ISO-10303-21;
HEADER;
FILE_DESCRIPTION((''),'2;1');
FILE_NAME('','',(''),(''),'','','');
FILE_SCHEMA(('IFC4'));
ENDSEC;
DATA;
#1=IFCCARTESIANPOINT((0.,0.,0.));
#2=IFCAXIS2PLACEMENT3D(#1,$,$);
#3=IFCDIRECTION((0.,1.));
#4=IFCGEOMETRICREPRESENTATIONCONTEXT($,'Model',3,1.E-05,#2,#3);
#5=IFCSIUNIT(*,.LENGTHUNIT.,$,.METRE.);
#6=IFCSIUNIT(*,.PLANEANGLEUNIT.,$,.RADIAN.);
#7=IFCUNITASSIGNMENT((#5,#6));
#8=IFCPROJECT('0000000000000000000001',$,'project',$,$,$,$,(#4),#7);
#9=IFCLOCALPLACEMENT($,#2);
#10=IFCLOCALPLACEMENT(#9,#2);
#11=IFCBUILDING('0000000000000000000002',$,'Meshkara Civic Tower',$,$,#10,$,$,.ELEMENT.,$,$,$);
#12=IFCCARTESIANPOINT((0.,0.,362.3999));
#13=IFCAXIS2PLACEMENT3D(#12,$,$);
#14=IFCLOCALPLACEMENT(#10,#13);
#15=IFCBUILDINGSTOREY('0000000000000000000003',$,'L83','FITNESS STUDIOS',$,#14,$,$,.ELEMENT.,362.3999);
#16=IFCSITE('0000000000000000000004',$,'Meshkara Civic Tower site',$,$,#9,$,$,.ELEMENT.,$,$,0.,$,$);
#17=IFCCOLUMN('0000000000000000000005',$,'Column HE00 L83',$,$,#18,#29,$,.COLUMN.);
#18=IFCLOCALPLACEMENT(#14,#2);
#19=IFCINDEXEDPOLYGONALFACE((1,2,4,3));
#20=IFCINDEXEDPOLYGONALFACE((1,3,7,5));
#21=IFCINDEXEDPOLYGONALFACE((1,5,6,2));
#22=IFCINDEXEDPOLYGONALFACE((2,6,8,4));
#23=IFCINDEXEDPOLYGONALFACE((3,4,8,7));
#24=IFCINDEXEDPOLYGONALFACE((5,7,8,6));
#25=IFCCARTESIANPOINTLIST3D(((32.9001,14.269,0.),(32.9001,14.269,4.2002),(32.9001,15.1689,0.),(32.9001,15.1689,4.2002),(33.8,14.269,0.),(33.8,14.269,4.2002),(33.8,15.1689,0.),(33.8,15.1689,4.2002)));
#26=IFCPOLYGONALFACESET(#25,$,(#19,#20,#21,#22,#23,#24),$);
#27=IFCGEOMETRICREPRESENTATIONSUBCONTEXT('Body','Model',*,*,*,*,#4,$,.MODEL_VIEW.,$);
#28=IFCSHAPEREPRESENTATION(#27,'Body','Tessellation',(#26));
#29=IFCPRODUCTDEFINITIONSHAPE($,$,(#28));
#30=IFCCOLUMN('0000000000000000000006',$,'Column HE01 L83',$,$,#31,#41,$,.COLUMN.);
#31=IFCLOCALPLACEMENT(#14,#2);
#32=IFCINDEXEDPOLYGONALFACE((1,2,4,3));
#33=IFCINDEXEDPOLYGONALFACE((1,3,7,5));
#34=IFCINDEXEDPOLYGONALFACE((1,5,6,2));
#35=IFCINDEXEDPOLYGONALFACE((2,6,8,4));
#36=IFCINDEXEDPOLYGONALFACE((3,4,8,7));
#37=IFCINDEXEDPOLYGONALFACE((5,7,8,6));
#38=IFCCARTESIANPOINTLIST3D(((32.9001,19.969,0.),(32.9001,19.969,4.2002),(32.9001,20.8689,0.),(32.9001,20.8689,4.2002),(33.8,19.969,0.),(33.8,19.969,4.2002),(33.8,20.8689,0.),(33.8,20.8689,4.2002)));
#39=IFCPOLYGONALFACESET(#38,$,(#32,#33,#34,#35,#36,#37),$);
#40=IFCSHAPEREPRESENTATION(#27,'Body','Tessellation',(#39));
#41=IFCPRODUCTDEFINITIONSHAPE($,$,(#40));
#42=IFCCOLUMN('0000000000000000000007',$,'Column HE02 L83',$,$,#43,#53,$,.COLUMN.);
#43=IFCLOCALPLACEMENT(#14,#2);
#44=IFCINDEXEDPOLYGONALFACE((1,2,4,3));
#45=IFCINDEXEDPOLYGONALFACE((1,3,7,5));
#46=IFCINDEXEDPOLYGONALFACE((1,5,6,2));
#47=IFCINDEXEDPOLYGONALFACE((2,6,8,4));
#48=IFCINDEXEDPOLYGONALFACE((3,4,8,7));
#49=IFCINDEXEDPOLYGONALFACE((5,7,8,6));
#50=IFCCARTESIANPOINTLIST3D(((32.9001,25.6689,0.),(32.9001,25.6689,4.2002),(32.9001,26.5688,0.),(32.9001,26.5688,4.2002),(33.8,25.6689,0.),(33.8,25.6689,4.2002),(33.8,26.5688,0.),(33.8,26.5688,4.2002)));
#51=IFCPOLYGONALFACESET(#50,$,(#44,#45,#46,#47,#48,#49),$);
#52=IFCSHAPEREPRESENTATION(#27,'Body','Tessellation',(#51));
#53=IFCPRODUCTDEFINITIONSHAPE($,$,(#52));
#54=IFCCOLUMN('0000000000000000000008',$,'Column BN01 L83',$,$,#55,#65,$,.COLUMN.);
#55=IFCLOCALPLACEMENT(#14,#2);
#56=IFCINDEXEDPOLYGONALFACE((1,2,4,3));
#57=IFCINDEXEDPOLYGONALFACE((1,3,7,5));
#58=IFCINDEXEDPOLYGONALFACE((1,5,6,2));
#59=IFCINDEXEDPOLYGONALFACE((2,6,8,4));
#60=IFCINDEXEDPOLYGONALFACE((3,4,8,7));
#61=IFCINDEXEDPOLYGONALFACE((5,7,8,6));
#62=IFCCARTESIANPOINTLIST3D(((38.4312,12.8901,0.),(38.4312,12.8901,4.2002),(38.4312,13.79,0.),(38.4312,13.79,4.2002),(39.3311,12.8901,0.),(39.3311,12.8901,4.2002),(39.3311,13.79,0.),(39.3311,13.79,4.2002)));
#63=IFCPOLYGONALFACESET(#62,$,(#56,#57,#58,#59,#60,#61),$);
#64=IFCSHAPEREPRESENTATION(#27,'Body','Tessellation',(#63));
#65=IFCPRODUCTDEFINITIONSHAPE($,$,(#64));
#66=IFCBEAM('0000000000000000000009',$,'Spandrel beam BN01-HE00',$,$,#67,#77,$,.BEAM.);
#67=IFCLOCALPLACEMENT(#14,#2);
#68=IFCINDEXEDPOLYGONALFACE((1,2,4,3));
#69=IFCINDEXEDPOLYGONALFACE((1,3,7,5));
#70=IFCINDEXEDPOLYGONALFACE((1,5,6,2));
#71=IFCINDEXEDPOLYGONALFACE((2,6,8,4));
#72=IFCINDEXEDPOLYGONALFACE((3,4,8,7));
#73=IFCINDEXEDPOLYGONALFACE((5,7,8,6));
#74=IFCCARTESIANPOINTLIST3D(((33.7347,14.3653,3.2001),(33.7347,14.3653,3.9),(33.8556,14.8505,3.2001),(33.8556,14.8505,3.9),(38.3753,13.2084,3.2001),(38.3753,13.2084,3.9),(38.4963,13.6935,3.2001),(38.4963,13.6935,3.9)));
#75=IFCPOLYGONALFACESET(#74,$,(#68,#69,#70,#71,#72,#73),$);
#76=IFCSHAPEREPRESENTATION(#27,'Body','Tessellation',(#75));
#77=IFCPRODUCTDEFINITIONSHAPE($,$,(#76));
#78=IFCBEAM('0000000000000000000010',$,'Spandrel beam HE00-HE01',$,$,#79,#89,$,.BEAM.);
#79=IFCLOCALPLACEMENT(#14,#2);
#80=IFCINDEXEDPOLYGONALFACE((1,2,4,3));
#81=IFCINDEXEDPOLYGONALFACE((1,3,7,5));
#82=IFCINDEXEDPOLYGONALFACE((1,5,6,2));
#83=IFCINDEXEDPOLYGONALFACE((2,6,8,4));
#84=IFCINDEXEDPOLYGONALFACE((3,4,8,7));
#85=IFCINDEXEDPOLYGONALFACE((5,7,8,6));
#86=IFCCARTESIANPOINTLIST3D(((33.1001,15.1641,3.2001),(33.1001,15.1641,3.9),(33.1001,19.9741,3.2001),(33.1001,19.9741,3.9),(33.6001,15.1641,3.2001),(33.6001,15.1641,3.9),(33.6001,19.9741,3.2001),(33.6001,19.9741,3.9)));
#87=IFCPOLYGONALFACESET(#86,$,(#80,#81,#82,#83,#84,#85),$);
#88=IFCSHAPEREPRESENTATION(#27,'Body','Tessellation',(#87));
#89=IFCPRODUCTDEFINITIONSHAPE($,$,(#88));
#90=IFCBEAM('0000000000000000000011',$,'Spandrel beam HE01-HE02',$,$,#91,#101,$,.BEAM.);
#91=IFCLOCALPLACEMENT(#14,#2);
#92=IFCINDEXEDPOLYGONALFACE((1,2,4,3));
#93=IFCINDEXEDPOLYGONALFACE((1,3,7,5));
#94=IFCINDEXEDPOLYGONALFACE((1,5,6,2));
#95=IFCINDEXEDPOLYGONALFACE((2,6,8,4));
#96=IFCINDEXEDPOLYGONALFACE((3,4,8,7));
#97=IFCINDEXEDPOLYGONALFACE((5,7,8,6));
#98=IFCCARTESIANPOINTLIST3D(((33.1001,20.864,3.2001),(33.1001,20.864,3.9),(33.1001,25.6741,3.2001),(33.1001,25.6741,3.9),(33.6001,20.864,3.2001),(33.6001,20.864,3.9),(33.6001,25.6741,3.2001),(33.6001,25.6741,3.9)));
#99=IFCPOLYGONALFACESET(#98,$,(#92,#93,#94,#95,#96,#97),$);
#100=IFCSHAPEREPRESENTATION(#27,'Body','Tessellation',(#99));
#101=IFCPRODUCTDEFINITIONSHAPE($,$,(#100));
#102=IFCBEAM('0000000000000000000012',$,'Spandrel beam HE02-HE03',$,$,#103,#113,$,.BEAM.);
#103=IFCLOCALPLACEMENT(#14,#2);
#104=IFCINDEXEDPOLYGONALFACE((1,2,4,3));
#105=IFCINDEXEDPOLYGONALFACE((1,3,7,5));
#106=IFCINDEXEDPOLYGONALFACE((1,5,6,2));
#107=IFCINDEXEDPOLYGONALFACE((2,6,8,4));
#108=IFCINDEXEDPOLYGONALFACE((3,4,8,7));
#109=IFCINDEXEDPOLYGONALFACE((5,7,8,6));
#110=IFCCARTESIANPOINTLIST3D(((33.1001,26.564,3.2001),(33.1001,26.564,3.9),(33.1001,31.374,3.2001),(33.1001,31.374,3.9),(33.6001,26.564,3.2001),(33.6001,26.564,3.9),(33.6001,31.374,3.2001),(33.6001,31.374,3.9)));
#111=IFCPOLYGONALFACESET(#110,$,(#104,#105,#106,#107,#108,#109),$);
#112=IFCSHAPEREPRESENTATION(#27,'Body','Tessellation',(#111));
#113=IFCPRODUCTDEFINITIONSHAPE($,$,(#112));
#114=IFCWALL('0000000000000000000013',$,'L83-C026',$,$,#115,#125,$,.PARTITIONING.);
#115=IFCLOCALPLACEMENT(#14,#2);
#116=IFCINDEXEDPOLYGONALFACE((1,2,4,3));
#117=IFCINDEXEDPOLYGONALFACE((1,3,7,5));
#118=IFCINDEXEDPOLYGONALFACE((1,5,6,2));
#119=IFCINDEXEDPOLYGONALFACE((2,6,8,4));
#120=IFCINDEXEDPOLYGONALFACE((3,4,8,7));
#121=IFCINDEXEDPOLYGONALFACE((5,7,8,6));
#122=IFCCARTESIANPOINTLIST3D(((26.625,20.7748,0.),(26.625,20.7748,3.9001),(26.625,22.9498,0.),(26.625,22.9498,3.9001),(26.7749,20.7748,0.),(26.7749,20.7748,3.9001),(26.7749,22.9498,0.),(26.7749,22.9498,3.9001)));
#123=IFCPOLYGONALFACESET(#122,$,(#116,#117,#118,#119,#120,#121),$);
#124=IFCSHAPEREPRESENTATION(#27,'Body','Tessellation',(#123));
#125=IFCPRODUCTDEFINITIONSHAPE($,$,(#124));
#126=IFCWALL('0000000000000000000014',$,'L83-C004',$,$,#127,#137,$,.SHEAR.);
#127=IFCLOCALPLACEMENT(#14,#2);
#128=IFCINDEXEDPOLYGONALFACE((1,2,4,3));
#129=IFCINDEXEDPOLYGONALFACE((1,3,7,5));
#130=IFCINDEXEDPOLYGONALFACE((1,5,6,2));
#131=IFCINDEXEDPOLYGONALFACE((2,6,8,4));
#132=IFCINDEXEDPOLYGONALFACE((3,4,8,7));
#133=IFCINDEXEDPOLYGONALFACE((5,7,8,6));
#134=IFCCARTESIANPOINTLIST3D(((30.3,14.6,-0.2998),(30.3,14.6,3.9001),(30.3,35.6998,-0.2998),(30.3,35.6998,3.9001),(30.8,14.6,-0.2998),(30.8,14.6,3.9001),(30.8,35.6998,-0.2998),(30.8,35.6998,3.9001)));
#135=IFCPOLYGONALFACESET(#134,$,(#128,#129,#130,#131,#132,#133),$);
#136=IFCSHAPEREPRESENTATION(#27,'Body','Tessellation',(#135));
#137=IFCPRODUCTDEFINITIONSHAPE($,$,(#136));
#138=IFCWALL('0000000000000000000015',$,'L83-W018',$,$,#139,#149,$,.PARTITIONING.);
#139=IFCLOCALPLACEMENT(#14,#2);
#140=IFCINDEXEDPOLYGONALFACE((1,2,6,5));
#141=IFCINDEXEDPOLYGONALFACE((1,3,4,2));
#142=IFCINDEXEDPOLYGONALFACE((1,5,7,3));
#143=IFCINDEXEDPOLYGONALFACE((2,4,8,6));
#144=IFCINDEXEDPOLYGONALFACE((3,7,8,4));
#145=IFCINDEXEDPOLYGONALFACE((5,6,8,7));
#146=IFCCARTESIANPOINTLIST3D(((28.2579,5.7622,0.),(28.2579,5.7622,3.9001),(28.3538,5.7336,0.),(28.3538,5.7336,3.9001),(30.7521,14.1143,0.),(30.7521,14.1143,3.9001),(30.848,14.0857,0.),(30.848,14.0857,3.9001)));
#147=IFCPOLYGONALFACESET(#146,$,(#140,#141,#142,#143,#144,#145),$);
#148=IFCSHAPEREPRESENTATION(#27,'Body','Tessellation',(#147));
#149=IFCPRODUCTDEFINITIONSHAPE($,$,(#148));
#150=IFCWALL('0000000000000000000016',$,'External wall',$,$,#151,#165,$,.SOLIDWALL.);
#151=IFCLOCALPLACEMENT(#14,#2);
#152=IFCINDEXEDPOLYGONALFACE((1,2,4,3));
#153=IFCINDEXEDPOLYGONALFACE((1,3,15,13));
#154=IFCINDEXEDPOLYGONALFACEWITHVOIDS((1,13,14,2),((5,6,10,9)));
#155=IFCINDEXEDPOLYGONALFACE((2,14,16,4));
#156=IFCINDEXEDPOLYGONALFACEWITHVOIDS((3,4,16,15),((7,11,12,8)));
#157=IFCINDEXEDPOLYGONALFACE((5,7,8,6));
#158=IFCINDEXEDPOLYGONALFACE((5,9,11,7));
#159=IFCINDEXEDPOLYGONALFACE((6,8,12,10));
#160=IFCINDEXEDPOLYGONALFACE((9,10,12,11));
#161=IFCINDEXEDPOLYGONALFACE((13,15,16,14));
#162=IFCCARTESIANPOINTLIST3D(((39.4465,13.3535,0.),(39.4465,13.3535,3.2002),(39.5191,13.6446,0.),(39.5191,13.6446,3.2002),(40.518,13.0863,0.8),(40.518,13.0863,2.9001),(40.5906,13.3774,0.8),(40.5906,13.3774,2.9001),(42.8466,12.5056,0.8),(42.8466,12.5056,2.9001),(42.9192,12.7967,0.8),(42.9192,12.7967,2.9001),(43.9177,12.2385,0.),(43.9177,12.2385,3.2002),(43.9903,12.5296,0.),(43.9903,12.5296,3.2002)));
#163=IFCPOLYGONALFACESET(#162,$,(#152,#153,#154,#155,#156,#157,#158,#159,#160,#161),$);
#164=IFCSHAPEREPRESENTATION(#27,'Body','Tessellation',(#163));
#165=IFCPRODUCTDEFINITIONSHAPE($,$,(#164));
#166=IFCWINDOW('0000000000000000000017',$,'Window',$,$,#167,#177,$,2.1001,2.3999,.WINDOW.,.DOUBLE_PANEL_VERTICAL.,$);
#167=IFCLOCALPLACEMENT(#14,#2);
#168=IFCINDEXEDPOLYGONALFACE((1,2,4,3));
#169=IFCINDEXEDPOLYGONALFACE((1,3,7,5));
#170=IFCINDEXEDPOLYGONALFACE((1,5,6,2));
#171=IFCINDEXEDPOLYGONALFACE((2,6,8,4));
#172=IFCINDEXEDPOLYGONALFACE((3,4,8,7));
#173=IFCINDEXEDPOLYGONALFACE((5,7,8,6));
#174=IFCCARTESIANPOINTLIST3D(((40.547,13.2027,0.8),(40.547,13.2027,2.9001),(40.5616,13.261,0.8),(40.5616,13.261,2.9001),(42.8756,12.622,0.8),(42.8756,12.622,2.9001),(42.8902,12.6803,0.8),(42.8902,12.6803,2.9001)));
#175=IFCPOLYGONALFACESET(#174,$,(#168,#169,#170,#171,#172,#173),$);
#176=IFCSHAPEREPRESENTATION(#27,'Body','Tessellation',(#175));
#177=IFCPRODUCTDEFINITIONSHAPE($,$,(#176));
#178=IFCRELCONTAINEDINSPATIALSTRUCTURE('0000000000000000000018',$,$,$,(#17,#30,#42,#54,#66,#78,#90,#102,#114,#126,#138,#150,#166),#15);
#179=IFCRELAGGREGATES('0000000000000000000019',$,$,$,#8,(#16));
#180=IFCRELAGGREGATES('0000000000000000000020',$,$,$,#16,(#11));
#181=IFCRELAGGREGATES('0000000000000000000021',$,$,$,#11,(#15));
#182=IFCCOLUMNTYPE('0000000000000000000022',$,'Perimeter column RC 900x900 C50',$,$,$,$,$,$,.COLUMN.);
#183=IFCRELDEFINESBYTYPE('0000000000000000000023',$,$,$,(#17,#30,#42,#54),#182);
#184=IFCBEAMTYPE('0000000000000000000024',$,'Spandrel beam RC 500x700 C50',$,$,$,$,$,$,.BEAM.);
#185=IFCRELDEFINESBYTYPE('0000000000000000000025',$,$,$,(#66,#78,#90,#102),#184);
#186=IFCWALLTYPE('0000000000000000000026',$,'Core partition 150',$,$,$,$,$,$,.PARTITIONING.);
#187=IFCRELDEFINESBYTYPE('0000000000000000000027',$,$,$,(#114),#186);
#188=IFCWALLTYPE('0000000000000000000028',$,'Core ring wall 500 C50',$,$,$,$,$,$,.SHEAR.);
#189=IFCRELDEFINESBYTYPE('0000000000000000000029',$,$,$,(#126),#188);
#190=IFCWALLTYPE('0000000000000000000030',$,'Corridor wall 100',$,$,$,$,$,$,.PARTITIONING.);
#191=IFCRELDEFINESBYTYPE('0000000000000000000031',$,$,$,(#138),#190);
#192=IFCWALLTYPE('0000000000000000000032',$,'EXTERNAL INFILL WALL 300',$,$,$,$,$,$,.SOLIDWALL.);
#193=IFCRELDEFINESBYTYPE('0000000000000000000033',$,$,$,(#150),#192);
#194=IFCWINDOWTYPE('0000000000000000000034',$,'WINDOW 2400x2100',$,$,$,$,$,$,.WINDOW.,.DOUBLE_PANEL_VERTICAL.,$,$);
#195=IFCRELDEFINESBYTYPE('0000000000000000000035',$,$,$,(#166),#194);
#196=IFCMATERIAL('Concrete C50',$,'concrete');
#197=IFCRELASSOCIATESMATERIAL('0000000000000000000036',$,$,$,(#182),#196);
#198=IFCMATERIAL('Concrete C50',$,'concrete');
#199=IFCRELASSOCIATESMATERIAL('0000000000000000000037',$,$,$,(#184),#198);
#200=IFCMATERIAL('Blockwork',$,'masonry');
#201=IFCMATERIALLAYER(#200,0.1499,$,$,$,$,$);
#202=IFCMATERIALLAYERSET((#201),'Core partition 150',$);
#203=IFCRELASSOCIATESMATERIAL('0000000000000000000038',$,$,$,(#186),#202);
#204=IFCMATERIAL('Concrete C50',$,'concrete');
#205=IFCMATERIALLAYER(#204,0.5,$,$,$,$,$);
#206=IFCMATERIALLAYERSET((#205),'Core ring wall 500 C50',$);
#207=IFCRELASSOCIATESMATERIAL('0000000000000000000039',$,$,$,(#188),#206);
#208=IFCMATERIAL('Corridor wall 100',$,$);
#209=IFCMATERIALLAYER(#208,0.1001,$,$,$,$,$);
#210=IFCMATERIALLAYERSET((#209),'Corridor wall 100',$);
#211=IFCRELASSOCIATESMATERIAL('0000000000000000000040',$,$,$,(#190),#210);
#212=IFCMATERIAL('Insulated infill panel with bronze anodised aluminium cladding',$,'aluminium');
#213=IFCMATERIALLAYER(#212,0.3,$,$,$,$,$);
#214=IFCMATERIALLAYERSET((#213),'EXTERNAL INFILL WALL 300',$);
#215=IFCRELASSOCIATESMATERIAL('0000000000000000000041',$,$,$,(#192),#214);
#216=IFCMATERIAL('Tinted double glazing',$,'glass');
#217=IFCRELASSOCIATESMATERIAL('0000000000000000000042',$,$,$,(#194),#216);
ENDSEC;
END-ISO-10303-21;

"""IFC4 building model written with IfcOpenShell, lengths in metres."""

from ifc_helpers import new_model, si_unit, direction, frame, frame_2d, origin, origin_2d, place, context, subcontext, project, spatial, rectangle, extrude, material, layer, layer_set, material_profile, profile_set, type_object, element, fill, save


model = new_model("IFC4")

# Units and contexts
model_context = context("Model", 3, precision=1e-05, world=origin(), true_north=direction((0.0, 1.0)))
body_context = subcontext(model_context, "Body", "Model", "MODEL_VIEW")
ifc_project = project(units=[si_unit("LENGTHUNIT", "METRE"), si_unit("PLANEANGLEUNIT", "RADIAN")], contexts=[model_context])

# Site, building, storey
site_placement = place(None, origin())
site = spatial("IfcSite", under=ifc_project, at=site_placement, Name="Meshkara Civic Tower site", CompositionType="ELEMENT", RefElevation=0.0)
building_placement = place(site_placement, origin())
building = spatial("IfcBuilding", under=site, at=building_placement, Name="Meshkara Civic Tower", CompositionType="ELEMENT")
storey_placement = place(building_placement, frame((0.0, 0.0, 362.3999)))
storey = spatial("IfcBuildingStorey", under=building, at=storey_placement, Name="L83", Description="FITNESS STUDIOS", CompositionType="ELEMENT", Elevation=362.3999)

# Columns
ifc_material_1 = material(Name="Concrete C50", Category="concrete")
ifc_material_profile_1 = material_profile(ifc_material_1, rectangle(XDim=0.8999, YDim=0.8999, at=origin_2d()))
ifc_profile_set_1 = profile_set([ifc_material_profile_1], Name="Concrete C50")
column_type = type_object("IfcColumnType", Name="Perimeter column RC 900x900 C50", PredefinedType="COLUMN", material=ifc_profile_set_1)
for number, where, z_axis, x_axis, name in (
    (1, (33.3501, 14.719, 0.0), (0.0, 0.0, 1.0), (1.0, 0.0, 0.0), "Column HE00 L83"),
    (2, (33.3501, 20.4189, 0.0), (0.0, 0.0, 1.0), (1.0, 0.0, 0.0), "Column HE01 L83"),
    (3, (33.3501, 26.1189, 0.0), (0.0, 0.0, 1.0), (1.0, 0.0, 0.0), "Column HE02 L83"),
    (4, (38.8811, 13.3401, 0.0), (0.0, 0.0, 1.0), (1.0, 0.0, 0.0), "Column BN01 L83"),
):
    element("IfcColumn", number, at=place(storey_placement, frame(where, z_axis=z_axis, x_axis=x_axis)), inside=storey, type_object=column_type, Name=name, PredefinedType="COLUMN", context=body_context, shape_type="SweptSolid", body=[
        extrude(rectangle(XDim=0.8999, YDim=0.8999, at=origin_2d()), origin(), (0.0, 0.0, 1.0), 4.2002),
    ])

# Beams
ifc_material_2 = material(Name="Concrete C50", Category="concrete")
ifc_material_profile_2 = material_profile(ifc_material_2, rectangle(XDim=0.5, YDim=0.7, at=origin_2d()))
ifc_profile_set_2 = profile_set([ifc_material_profile_2], Name="Concrete C50")
beam_type = type_object("IfcBeamType", Name="Spandrel beam RC 500x700 C50", PredefinedType="BEAM", material=ifc_profile_set_2)
beam_placement = place(storey_placement, frame((38.4358, 13.4509, 3.55), z_axis=(-0.970298, 0.241911, 0.0), x_axis=(-0.241911, -0.970298, 0.0)))
element("IfcBeam", 5, at=beam_placement, inside=storey, type_object=beam_type, Name="Spandrel beam BN01-HE00", PredefinedType="BEAM", context=body_context, shape_type="SweptSolid", body=[
    extrude(rectangle(XDim=0.5, YDim=0.7, at=origin_2d()), origin(), (0.0, 0.0, 1.0), 4.7827),
])
for number, where, z_axis, x_axis, name in (
    (6, (33.3501, 15.1641, 3.55), (0.0, 1.0, 0.0), (-1.0, 0.0, 0.0), "Spandrel beam HE00-HE01"),
    (7, (33.3501, 20.864, 3.55), (0.0, 1.0, 0.0), (-1.0, 0.0, 0.0), "Spandrel beam HE01-HE02"),
    (8, (33.3501, 26.564, 3.55), (0.0, 1.0, 0.0), (-1.0, 0.0, 0.0), "Spandrel beam HE02-HE03"),
):
    element("IfcBeam", number, at=place(storey_placement, frame(where, z_axis=z_axis, x_axis=x_axis)), inside=storey, type_object=beam_type, Name=name, PredefinedType="BEAM", context=body_context, shape_type="SweptSolid", body=[
        extrude(rectangle(XDim=0.5, YDim=0.7, at=origin_2d()), origin(), (0.0, 0.0, 1.0), 4.8101),
    ])

# Walls
ifc_material_3 = material(Name="Blockwork", Category="masonry")
ifc_layer_1 = layer(ifc_material_3, 0.1499)
ifc_layer_set_1 = layer_set([ifc_layer_1], Name="Core partition 150")
wall_type_1 = type_object("IfcWallType", Name="Core partition 150", PredefinedType="PARTITIONING", material=ifc_layer_set_1)
wall_1_placement = place(storey_placement, frame((26.7, 20.7749, 0.0), z_axis=(0.0, 0.0, 1.0), x_axis=(0.0, 1.0, 0.0)))
element("IfcWall", 9, at=wall_1_placement, inside=storey, type_object=wall_type_1, Name="L83-C026", PredefinedType="PARTITIONING", context=body_context, shape_type="SweptSolid", body=[
    extrude(rectangle(XDim=2.175, YDim=0.1499, at=frame_2d((1.0874, 0.0))), origin(), (0.0, 0.0, 1.0), 3.9001),
])
ifc_material_4 = material(Name="Concrete C50", Category="concrete")
ifc_layer_2 = layer(ifc_material_4, 0.5)
ifc_layer_set_2 = layer_set([ifc_layer_2], Name="Core ring wall 500 C50")
wall_type_2 = type_object("IfcWallType", Name="Core ring wall 500 C50", PredefinedType="SHEAR", material=ifc_layer_set_2)
wall_2_placement = place(storey_placement, frame((30.55, 14.6001, -0.2998), z_axis=(0.0, 0.0, 1.0), x_axis=(0.0, 1.0, 0.0)))
element("IfcWall", 10, at=wall_2_placement, inside=storey, type_object=wall_type_2, Name="L83-C004", PredefinedType="SHEAR", context=body_context, shape_type="SweptSolid", body=[
    extrude(rectangle(XDim=21.0999, YDim=0.5, at=frame_2d((10.5498, 0.0))), origin(), (0.0, 0.0, 1.0), 4.2),
])
ifc_material_5 = material(Name="Corridor wall 100")
ifc_layer_3 = layer(ifc_material_5, 0.1001)
ifc_layer_set_3 = layer_set([ifc_layer_3], Name="Corridor wall 100")
wall_type_3 = type_object("IfcWallType", Name="Corridor wall 100", PredefinedType="PARTITIONING", material=ifc_layer_set_3)
wall_3_placement = place(storey_placement, frame((30.8, 14.1001, 0.0), z_axis=(0.0, 0.0, 1.0), x_axis=(-0.28614, -0.958188, 0.0)))
element("IfcWall", 11, at=wall_3_placement, inside=storey, type_object=wall_type_3, Name="L83-W018", PredefinedType="PARTITIONING", context=body_context, shape_type="SweptSolid", body=[
    extrude(rectangle(XDim=8.7166, YDim=0.1001, at=frame_2d((4.3584, 0.0))), origin(), (0.0, 0.0, 1.0), 3.9001),
])

# Wall, opening, window
ifc_material_6 = material(Name="Insulated infill panel with bronze anodised aluminium cladding", Category="aluminium")
ifc_layer_4 = layer(ifc_material_6, 0.3)
ifc_layer_set_4 = layer_set([ifc_layer_4], Name="EXTERNAL INFILL WALL 300")
wall_type_4 = type_object("IfcWallType", Name="EXTERNAL INFILL WALL 300", PredefinedType="SOLIDWALL", material=ifc_layer_set_4)
wall_4_placement = place(storey_placement, frame((43.9541, 12.384, 0.0), z_axis=(0.0, 0.0, 1.0), x_axis=(-0.970286, 0.241962, 0.0)))
wall_4 = element("IfcWall", 12, at=wall_4_placement, inside=storey, type_object=wall_type_4, Name="External wall", PredefinedType="SOLIDWALL", context=body_context, shape_type="SweptSolid", body=[
    extrude(rectangle(XDim=4.6082, YDim=0.3, at=frame_2d((2.3042, 0.0))), origin(), (0.0, 0.0, 1.0), 3.2002),
])
opening_1_placement = place(wall_4_placement, frame((1.104, 0.0, 0.8)))
opening_1 = element("IfcOpeningElement", 13, at=opening_1_placement, cuts=wall_4, PredefinedType="OPENING", context=body_context, shape_type="SweptSolid", body=[
    extrude(rectangle(XDim=2.3999, YDim=2.1001, at=frame_2d((1.2, 1.05))), frame((0.0, 0.1599, 0.0), z_axis=(0.0, -1.0, 0.0), x_axis=(1.0, 0.0, 0.0)), (0.0, 0.0, 1.0), 0.3201),
])
ifc_material_7 = material(Name="Tinted double glazing", Category="glass")
window_type = type_object("IfcWindowType", Name="WINDOW 2400x2100", PartitioningType="DOUBLE_PANEL_VERTICAL", PredefinedType="WINDOW", material=ifc_material_7)
window_1_placement = place(opening_1_placement, origin())
window_1 = element("IfcWindow", 14, at=window_1_placement, inside=storey, type_object=window_type, Name="Window", OverallHeight=2.1001, OverallWidth=2.3999, PartitioningType="DOUBLE_PANEL_VERTICAL", PredefinedType="WINDOW", context=body_context, shape_type="SweptSolid", body=[
    extrude(rectangle(XDim=2.3999, YDim=2.1001, at=frame_2d((1.2, 1.05))), frame((0.0, 0.03, 0.0), z_axis=(0.0, -1.0, 0.0), x_axis=(1.0, 0.0, 0.0)), (0.0, 0.0, 1.0), 0.0601),
])
fill(opening_1, window_1)

save(model, "model.ifc")
